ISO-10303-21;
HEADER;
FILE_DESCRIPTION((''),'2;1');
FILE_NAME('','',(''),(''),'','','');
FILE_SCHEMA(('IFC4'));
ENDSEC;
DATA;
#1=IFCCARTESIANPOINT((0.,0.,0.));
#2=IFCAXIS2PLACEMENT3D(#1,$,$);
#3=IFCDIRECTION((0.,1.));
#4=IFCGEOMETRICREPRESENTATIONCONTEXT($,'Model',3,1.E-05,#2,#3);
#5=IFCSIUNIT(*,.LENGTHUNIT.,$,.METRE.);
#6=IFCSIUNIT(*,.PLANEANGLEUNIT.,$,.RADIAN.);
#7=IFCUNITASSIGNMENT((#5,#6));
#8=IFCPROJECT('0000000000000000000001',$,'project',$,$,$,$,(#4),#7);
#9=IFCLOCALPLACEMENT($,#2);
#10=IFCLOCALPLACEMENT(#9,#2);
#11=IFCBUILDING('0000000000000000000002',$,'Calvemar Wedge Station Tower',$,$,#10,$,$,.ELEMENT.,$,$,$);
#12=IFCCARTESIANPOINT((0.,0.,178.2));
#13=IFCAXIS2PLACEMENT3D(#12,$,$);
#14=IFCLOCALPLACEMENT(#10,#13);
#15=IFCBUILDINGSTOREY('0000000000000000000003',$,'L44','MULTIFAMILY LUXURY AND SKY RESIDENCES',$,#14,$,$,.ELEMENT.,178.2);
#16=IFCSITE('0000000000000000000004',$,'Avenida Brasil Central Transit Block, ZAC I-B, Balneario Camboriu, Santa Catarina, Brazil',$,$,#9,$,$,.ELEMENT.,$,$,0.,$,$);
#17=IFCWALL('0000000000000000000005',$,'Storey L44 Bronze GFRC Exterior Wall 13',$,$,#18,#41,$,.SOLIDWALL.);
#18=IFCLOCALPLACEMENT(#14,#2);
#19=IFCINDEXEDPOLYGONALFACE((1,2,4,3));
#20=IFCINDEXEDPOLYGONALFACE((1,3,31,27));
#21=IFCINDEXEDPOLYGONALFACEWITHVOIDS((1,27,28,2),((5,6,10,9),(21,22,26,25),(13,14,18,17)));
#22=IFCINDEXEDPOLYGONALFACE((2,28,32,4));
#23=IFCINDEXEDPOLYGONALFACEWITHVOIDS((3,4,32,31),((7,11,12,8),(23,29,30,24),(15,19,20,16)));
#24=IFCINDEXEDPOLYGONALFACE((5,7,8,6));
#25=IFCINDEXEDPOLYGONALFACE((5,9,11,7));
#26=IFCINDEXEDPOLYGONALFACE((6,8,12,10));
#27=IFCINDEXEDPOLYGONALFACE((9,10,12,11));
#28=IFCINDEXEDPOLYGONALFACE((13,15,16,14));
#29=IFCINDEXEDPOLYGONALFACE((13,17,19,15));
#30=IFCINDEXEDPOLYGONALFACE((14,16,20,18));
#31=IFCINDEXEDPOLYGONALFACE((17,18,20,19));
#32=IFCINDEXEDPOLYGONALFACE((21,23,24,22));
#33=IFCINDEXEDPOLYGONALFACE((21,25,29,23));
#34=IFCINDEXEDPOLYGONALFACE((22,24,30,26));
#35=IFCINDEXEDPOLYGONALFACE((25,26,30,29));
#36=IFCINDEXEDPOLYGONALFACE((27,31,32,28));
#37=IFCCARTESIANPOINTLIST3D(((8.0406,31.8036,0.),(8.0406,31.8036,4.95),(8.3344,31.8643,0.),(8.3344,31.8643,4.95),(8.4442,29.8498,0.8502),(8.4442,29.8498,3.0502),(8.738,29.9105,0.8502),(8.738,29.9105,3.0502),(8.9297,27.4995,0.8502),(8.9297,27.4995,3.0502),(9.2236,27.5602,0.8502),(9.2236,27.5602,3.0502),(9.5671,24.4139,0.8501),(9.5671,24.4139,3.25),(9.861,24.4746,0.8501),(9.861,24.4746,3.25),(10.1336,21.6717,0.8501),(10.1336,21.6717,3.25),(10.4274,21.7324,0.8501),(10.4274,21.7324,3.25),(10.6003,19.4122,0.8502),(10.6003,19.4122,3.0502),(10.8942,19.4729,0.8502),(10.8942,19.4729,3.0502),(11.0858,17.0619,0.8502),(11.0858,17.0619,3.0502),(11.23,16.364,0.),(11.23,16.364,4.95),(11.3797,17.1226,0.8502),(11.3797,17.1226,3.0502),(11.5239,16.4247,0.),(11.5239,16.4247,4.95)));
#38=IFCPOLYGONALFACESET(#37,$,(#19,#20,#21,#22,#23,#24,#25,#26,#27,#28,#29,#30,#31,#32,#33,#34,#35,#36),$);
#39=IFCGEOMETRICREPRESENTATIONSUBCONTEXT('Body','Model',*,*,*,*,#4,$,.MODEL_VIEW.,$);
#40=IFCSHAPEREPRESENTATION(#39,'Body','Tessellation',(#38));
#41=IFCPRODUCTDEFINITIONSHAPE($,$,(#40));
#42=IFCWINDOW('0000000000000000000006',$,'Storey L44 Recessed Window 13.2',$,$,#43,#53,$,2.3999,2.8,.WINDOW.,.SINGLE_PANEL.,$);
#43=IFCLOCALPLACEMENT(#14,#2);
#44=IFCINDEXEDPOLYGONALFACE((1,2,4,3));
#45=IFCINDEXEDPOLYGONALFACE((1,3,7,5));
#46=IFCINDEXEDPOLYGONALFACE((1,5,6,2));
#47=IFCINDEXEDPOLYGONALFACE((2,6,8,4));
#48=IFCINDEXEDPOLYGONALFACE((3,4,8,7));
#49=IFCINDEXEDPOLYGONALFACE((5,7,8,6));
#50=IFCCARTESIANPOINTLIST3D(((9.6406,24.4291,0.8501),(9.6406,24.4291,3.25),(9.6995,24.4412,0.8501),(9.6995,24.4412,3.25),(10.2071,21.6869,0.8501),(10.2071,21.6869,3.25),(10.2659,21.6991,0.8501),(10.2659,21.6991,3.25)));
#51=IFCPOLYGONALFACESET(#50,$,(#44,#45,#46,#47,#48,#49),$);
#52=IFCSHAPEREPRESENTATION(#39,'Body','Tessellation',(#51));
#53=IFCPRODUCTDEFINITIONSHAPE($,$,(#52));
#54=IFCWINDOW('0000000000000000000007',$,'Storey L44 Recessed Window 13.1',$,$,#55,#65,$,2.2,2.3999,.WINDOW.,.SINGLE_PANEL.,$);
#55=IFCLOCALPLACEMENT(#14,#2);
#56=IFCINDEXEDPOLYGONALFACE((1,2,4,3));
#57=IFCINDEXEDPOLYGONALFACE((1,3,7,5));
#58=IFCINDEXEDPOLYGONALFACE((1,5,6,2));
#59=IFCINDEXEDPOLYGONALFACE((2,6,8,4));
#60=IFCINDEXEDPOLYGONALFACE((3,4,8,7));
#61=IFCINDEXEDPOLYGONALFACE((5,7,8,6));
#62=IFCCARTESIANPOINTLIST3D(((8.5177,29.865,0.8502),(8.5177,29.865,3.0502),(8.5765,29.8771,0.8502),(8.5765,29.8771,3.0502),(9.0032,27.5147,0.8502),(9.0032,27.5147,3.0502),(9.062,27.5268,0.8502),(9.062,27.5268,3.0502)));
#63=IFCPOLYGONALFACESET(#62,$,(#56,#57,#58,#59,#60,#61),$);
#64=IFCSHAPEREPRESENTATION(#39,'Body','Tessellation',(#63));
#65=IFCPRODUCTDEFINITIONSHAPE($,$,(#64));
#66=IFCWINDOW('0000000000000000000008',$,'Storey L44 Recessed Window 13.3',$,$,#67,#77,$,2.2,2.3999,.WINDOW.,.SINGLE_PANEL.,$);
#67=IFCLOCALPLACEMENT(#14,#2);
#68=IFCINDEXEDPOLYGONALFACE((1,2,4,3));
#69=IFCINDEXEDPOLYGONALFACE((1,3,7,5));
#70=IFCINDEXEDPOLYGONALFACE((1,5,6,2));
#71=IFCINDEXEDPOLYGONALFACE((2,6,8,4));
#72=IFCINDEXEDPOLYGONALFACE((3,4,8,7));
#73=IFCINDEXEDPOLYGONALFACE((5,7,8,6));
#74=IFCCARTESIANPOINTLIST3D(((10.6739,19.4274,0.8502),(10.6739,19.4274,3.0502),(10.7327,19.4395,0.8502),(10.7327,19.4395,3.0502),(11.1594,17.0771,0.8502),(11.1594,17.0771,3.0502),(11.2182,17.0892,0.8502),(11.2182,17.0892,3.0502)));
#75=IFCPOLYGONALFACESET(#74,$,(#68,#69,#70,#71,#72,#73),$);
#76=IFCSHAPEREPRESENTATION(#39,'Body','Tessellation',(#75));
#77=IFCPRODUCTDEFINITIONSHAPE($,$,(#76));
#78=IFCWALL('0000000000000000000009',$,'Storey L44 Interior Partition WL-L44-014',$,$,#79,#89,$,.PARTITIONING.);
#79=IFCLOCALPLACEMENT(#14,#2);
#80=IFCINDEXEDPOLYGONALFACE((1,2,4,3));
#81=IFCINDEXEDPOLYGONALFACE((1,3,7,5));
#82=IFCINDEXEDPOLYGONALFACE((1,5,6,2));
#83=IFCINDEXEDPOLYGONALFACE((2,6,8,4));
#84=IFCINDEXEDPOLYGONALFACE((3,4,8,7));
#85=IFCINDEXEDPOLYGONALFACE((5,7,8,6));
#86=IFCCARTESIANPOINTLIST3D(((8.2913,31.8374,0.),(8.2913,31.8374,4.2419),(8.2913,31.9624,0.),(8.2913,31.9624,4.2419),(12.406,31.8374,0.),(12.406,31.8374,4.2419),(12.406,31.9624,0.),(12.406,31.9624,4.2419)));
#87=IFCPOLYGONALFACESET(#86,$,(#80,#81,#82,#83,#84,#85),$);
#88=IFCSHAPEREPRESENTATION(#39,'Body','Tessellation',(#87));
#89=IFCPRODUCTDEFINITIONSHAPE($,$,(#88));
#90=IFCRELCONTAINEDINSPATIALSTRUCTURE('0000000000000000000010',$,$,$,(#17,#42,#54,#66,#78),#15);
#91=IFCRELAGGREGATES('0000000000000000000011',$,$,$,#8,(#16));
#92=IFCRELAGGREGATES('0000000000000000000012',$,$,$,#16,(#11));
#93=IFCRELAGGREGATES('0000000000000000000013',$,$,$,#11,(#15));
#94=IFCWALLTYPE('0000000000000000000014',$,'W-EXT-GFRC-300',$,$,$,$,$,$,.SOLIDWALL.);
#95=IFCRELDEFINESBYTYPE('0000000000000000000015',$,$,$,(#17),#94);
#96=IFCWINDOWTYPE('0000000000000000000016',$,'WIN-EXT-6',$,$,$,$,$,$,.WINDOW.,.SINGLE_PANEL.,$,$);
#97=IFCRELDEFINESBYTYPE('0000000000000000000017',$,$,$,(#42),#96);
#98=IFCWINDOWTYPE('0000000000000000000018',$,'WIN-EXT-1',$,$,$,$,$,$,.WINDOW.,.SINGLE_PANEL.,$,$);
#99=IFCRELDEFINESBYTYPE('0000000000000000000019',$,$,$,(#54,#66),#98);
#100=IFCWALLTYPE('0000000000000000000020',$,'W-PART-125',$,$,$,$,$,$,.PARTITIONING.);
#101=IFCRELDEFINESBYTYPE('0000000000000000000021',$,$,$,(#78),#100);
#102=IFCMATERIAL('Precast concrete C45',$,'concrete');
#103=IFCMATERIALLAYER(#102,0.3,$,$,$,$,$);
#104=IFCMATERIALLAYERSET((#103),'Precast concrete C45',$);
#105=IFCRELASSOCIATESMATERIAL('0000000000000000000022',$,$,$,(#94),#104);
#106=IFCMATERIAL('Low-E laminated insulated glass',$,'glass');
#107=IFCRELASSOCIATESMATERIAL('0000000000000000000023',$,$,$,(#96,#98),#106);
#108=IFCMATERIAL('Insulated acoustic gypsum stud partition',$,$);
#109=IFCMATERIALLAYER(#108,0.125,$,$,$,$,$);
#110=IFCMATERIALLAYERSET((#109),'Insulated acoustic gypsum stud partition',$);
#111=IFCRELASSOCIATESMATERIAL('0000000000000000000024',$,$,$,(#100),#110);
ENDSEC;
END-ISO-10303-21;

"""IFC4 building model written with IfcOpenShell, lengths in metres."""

from ifc_helpers import new_model, si_unit, direction, frame, frame_2d, origin, place, context, subcontext, project, spatial, rectangle, extrude, source, transform, mapped, material, layer, layer_set, type_object, element, fill, save


model = new_model("IFC4")

# Units and contexts
model_context = context("Model", 3, precision=1e-05, world=origin(), true_north=direction((0.0, 1.0)))
body_context = subcontext(model_context, "Body", "Model", "MODEL_VIEW")
ifc_project = project(units=[si_unit("LENGTHUNIT", "METRE"), si_unit("PLANEANGLEUNIT", "RADIAN")], contexts=[model_context])

# Site, building, storey
site_placement = place(None, origin())
site = spatial("IfcSite", under=ifc_project, at=site_placement, Name="Avenida Brasil Central Transit Block, ZAC I-B, Balneario Camboriu, Santa Catarina, Brazil", CompositionType="ELEMENT", RefElevation=0.0)
building_placement = place(site_placement, origin())
building = spatial("IfcBuilding", under=site, at=building_placement, Name="Calvemar Wedge Station Tower", CompositionType="ELEMENT")
storey_placement = place(building_placement, frame((0.0, 0.0, 178.2)))
storey = spatial("IfcBuildingStorey", under=building, at=storey_placement, Name="L44", Description="MULTIFAMILY LUXURY AND SKY RESIDENCES", CompositionType="ELEMENT", Elevation=178.2)

# Shared definitions
ifc_material_1 = material(Name="Precast concrete C45", Category="concrete")

# Wall, openings, windows
ifc_layer_1 = layer(ifc_material_1, 0.3)
ifc_layer_set_1 = layer_set([ifc_layer_1], Name="Precast concrete C45")
wall_type_1 = type_object("IfcWallType", Name="W-EXT-GFRC-300", PredefinedType="SOLIDWALL", material=ifc_layer_set_1)
wall_1_placement = place(storey_placement, frame((8.1875, 31.834, 0.0), z_axis=(0.0, 0.0, 1.0), x_axis=(0.202303, -0.979323, 0.0)))
wall_1 = element("IfcWall", 1, at=wall_1_placement, inside=storey, type_object=wall_type_1, Name="Storey L44 Bronze GFRC Exterior Wall 13", PredefinedType="SOLIDWALL", context=body_context, shape_type="SweptSolid", body=[
    extrude(rectangle(XDim=15.7656, YDim=0.3, at=frame_2d((7.8828, 0.0))), origin(), (0.0, 0.0, 1.0), 4.95),
])
shared_shape_1 = source(origin(), body_context, "Body", "SweptSolid", [
    extrude(rectangle(XDim=2.3999, YDim=2.2, at=frame_2d((1.2, 1.1001))), frame((0.0, 0.1602, 0.0), z_axis=(0.0, -1.0, 0.0), x_axis=(1.0, 0.0, 0.0)), (0.0, 0.0, 1.0), 0.3201),
])
opening_1_placement = place(wall_1_placement, frame((1.9951, 0.0, 0.8501)))
opening_1 = element("IfcOpeningElement", 2, at=opening_1_placement, cuts=wall_1, PredefinedType="OPENING", context=body_context, shape_type="MappedRepresentation", body=[
    mapped(shared_shape_1, transform((0.0, 0.0, 0.0), scale=1.0)),
])
shared_shape_2 = source(origin(), body_context, "Body", "SweptSolid", [
    extrude(rectangle(XDim=2.8, YDim=2.3999, at=frame_2d((1.3999, 1.2))), frame((0.0, 0.1602, 0.0), z_axis=(0.0, -1.0, 0.0), x_axis=(1.0, 0.0, 0.0)), (0.0, 0.0, 1.0), 0.3201),
])
opening_2_placement = place(wall_1_placement, frame((7.5459, 0.0, 0.8501)))
opening_2 = element("IfcOpeningElement", 3, at=opening_2_placement, cuts=wall_1, PredefinedType="OPENING", context=body_context, shape_type="MappedRepresentation", body=[
    mapped(shared_shape_2, transform((0.0, 0.0, 0.0), scale=1.0)),
])
opening_3_placement = place(wall_1_placement, frame((12.6531, 0.0, 0.8501)))
opening_3 = element("IfcOpeningElement", 4, at=opening_3_placement, cuts=wall_1, PredefinedType="OPENING", context=body_context, shape_type="MappedRepresentation", body=[
    mapped(shared_shape_1, transform((0.0, 0.0, 0.0), scale=1.0)),
])
ifc_material_2 = material(Name="Low-E laminated insulated glass", Category="glass")
window_type_1 = type_object("IfcWindowType", Name="WIN-EXT-6", PartitioningType="SINGLE_PANEL", PredefinedType="WINDOW", material=ifc_material_2)
shared_shape_3 = source(origin(), body_context, "Body", "SweptSolid", [
    extrude(rectangle(XDim=2.8, YDim=2.3999, at=frame_2d((1.3999, 1.2))), frame((0.0, -0.0149, 0.0), z_axis=(0.0, -1.0, 0.0), x_axis=(1.0, 0.0, 0.0)), (0.0, 0.0, 1.0), 0.0601),
])
window_1_placement = place(opening_2_placement, origin())
window_1 = element("IfcWindow", 5, at=window_1_placement, inside=storey, type_object=window_type_1, Name="Storey L44 Recessed Window 13.2", OverallHeight=2.3999, OverallWidth=2.8, PartitioningType="SINGLE_PANEL", PredefinedType="WINDOW", context=body_context, shape_type="MappedRepresentation", body=[
    mapped(shared_shape_3, transform((0.0, 0.0, 0.0), scale=1.0)),
])
fill(opening_2, window_1)
window_type_2 = type_object("IfcWindowType", Name="WIN-EXT-1", PartitioningType="SINGLE_PANEL", PredefinedType="WINDOW", material=ifc_material_2)
shared_shape_4 = source(origin(), body_context, "Body", "SweptSolid", [
    extrude(rectangle(XDim=2.3999, YDim=2.2, at=frame_2d((1.2, 1.1001))), frame((0.0, -0.0149, 0.0), z_axis=(0.0, -1.0, 0.0), x_axis=(1.0, 0.0, 0.0)), (0.0, 0.0, 1.0), 0.0601),
])
window_2_placement = place(opening_1_placement, origin())
window_2 = element("IfcWindow", 6, at=window_2_placement, inside=storey, type_object=window_type_2, Name="Storey L44 Recessed Window 13.1", OverallHeight=2.2, OverallWidth=2.3999, PartitioningType="SINGLE_PANEL", PredefinedType="WINDOW", context=body_context, shape_type="MappedRepresentation", body=[
    mapped(shared_shape_4, transform((0.0, 0.0, 0.0), scale=1.0)),
])
fill(opening_1, window_2)
window_3_placement = place(opening_3_placement, origin())
window_3 = element("IfcWindow", 7, at=window_3_placement, inside=storey, type_object=window_type_2, Name="Storey L44 Recessed Window 13.3", OverallHeight=2.2, OverallWidth=2.3999, PartitioningType="SINGLE_PANEL", PredefinedType="WINDOW", context=body_context, shape_type="MappedRepresentation", body=[
    mapped(shared_shape_4, transform((0.0, 0.0, 0.0), scale=1.0)),
])
fill(opening_3, window_3)

# Wall
ifc_material_3 = material(Name="Insulated acoustic gypsum stud partition")
ifc_layer_2 = layer(ifc_material_3, 0.125)
ifc_layer_set_2 = layer_set([ifc_layer_2], Name="Insulated acoustic gypsum stud partition")
wall_type_2 = type_object("IfcWallType", Name="W-PART-125", PredefinedType="PARTITIONING", material=ifc_layer_set_2)
wall_2_placement = place(storey_placement, frame((12.406, 31.8999, 0.0), z_axis=(0.0, 0.0, 1.0), x_axis=(-1.0, 0.0, 0.0)))
element("IfcWall", 8, at=wall_2_placement, inside=storey, type_object=wall_type_2, Name="Storey L44 Interior Partition WL-L44-014", PredefinedType="PARTITIONING", context=body_context, shape_type="SweptSolid", body=[
    extrude(rectangle(XDim=4.1147, YDim=0.125, at=frame_2d((2.0574, 0.0))), origin(), (0.0, 0.0, 1.0), 4.2419),
])

save(model, "model.ifc")
